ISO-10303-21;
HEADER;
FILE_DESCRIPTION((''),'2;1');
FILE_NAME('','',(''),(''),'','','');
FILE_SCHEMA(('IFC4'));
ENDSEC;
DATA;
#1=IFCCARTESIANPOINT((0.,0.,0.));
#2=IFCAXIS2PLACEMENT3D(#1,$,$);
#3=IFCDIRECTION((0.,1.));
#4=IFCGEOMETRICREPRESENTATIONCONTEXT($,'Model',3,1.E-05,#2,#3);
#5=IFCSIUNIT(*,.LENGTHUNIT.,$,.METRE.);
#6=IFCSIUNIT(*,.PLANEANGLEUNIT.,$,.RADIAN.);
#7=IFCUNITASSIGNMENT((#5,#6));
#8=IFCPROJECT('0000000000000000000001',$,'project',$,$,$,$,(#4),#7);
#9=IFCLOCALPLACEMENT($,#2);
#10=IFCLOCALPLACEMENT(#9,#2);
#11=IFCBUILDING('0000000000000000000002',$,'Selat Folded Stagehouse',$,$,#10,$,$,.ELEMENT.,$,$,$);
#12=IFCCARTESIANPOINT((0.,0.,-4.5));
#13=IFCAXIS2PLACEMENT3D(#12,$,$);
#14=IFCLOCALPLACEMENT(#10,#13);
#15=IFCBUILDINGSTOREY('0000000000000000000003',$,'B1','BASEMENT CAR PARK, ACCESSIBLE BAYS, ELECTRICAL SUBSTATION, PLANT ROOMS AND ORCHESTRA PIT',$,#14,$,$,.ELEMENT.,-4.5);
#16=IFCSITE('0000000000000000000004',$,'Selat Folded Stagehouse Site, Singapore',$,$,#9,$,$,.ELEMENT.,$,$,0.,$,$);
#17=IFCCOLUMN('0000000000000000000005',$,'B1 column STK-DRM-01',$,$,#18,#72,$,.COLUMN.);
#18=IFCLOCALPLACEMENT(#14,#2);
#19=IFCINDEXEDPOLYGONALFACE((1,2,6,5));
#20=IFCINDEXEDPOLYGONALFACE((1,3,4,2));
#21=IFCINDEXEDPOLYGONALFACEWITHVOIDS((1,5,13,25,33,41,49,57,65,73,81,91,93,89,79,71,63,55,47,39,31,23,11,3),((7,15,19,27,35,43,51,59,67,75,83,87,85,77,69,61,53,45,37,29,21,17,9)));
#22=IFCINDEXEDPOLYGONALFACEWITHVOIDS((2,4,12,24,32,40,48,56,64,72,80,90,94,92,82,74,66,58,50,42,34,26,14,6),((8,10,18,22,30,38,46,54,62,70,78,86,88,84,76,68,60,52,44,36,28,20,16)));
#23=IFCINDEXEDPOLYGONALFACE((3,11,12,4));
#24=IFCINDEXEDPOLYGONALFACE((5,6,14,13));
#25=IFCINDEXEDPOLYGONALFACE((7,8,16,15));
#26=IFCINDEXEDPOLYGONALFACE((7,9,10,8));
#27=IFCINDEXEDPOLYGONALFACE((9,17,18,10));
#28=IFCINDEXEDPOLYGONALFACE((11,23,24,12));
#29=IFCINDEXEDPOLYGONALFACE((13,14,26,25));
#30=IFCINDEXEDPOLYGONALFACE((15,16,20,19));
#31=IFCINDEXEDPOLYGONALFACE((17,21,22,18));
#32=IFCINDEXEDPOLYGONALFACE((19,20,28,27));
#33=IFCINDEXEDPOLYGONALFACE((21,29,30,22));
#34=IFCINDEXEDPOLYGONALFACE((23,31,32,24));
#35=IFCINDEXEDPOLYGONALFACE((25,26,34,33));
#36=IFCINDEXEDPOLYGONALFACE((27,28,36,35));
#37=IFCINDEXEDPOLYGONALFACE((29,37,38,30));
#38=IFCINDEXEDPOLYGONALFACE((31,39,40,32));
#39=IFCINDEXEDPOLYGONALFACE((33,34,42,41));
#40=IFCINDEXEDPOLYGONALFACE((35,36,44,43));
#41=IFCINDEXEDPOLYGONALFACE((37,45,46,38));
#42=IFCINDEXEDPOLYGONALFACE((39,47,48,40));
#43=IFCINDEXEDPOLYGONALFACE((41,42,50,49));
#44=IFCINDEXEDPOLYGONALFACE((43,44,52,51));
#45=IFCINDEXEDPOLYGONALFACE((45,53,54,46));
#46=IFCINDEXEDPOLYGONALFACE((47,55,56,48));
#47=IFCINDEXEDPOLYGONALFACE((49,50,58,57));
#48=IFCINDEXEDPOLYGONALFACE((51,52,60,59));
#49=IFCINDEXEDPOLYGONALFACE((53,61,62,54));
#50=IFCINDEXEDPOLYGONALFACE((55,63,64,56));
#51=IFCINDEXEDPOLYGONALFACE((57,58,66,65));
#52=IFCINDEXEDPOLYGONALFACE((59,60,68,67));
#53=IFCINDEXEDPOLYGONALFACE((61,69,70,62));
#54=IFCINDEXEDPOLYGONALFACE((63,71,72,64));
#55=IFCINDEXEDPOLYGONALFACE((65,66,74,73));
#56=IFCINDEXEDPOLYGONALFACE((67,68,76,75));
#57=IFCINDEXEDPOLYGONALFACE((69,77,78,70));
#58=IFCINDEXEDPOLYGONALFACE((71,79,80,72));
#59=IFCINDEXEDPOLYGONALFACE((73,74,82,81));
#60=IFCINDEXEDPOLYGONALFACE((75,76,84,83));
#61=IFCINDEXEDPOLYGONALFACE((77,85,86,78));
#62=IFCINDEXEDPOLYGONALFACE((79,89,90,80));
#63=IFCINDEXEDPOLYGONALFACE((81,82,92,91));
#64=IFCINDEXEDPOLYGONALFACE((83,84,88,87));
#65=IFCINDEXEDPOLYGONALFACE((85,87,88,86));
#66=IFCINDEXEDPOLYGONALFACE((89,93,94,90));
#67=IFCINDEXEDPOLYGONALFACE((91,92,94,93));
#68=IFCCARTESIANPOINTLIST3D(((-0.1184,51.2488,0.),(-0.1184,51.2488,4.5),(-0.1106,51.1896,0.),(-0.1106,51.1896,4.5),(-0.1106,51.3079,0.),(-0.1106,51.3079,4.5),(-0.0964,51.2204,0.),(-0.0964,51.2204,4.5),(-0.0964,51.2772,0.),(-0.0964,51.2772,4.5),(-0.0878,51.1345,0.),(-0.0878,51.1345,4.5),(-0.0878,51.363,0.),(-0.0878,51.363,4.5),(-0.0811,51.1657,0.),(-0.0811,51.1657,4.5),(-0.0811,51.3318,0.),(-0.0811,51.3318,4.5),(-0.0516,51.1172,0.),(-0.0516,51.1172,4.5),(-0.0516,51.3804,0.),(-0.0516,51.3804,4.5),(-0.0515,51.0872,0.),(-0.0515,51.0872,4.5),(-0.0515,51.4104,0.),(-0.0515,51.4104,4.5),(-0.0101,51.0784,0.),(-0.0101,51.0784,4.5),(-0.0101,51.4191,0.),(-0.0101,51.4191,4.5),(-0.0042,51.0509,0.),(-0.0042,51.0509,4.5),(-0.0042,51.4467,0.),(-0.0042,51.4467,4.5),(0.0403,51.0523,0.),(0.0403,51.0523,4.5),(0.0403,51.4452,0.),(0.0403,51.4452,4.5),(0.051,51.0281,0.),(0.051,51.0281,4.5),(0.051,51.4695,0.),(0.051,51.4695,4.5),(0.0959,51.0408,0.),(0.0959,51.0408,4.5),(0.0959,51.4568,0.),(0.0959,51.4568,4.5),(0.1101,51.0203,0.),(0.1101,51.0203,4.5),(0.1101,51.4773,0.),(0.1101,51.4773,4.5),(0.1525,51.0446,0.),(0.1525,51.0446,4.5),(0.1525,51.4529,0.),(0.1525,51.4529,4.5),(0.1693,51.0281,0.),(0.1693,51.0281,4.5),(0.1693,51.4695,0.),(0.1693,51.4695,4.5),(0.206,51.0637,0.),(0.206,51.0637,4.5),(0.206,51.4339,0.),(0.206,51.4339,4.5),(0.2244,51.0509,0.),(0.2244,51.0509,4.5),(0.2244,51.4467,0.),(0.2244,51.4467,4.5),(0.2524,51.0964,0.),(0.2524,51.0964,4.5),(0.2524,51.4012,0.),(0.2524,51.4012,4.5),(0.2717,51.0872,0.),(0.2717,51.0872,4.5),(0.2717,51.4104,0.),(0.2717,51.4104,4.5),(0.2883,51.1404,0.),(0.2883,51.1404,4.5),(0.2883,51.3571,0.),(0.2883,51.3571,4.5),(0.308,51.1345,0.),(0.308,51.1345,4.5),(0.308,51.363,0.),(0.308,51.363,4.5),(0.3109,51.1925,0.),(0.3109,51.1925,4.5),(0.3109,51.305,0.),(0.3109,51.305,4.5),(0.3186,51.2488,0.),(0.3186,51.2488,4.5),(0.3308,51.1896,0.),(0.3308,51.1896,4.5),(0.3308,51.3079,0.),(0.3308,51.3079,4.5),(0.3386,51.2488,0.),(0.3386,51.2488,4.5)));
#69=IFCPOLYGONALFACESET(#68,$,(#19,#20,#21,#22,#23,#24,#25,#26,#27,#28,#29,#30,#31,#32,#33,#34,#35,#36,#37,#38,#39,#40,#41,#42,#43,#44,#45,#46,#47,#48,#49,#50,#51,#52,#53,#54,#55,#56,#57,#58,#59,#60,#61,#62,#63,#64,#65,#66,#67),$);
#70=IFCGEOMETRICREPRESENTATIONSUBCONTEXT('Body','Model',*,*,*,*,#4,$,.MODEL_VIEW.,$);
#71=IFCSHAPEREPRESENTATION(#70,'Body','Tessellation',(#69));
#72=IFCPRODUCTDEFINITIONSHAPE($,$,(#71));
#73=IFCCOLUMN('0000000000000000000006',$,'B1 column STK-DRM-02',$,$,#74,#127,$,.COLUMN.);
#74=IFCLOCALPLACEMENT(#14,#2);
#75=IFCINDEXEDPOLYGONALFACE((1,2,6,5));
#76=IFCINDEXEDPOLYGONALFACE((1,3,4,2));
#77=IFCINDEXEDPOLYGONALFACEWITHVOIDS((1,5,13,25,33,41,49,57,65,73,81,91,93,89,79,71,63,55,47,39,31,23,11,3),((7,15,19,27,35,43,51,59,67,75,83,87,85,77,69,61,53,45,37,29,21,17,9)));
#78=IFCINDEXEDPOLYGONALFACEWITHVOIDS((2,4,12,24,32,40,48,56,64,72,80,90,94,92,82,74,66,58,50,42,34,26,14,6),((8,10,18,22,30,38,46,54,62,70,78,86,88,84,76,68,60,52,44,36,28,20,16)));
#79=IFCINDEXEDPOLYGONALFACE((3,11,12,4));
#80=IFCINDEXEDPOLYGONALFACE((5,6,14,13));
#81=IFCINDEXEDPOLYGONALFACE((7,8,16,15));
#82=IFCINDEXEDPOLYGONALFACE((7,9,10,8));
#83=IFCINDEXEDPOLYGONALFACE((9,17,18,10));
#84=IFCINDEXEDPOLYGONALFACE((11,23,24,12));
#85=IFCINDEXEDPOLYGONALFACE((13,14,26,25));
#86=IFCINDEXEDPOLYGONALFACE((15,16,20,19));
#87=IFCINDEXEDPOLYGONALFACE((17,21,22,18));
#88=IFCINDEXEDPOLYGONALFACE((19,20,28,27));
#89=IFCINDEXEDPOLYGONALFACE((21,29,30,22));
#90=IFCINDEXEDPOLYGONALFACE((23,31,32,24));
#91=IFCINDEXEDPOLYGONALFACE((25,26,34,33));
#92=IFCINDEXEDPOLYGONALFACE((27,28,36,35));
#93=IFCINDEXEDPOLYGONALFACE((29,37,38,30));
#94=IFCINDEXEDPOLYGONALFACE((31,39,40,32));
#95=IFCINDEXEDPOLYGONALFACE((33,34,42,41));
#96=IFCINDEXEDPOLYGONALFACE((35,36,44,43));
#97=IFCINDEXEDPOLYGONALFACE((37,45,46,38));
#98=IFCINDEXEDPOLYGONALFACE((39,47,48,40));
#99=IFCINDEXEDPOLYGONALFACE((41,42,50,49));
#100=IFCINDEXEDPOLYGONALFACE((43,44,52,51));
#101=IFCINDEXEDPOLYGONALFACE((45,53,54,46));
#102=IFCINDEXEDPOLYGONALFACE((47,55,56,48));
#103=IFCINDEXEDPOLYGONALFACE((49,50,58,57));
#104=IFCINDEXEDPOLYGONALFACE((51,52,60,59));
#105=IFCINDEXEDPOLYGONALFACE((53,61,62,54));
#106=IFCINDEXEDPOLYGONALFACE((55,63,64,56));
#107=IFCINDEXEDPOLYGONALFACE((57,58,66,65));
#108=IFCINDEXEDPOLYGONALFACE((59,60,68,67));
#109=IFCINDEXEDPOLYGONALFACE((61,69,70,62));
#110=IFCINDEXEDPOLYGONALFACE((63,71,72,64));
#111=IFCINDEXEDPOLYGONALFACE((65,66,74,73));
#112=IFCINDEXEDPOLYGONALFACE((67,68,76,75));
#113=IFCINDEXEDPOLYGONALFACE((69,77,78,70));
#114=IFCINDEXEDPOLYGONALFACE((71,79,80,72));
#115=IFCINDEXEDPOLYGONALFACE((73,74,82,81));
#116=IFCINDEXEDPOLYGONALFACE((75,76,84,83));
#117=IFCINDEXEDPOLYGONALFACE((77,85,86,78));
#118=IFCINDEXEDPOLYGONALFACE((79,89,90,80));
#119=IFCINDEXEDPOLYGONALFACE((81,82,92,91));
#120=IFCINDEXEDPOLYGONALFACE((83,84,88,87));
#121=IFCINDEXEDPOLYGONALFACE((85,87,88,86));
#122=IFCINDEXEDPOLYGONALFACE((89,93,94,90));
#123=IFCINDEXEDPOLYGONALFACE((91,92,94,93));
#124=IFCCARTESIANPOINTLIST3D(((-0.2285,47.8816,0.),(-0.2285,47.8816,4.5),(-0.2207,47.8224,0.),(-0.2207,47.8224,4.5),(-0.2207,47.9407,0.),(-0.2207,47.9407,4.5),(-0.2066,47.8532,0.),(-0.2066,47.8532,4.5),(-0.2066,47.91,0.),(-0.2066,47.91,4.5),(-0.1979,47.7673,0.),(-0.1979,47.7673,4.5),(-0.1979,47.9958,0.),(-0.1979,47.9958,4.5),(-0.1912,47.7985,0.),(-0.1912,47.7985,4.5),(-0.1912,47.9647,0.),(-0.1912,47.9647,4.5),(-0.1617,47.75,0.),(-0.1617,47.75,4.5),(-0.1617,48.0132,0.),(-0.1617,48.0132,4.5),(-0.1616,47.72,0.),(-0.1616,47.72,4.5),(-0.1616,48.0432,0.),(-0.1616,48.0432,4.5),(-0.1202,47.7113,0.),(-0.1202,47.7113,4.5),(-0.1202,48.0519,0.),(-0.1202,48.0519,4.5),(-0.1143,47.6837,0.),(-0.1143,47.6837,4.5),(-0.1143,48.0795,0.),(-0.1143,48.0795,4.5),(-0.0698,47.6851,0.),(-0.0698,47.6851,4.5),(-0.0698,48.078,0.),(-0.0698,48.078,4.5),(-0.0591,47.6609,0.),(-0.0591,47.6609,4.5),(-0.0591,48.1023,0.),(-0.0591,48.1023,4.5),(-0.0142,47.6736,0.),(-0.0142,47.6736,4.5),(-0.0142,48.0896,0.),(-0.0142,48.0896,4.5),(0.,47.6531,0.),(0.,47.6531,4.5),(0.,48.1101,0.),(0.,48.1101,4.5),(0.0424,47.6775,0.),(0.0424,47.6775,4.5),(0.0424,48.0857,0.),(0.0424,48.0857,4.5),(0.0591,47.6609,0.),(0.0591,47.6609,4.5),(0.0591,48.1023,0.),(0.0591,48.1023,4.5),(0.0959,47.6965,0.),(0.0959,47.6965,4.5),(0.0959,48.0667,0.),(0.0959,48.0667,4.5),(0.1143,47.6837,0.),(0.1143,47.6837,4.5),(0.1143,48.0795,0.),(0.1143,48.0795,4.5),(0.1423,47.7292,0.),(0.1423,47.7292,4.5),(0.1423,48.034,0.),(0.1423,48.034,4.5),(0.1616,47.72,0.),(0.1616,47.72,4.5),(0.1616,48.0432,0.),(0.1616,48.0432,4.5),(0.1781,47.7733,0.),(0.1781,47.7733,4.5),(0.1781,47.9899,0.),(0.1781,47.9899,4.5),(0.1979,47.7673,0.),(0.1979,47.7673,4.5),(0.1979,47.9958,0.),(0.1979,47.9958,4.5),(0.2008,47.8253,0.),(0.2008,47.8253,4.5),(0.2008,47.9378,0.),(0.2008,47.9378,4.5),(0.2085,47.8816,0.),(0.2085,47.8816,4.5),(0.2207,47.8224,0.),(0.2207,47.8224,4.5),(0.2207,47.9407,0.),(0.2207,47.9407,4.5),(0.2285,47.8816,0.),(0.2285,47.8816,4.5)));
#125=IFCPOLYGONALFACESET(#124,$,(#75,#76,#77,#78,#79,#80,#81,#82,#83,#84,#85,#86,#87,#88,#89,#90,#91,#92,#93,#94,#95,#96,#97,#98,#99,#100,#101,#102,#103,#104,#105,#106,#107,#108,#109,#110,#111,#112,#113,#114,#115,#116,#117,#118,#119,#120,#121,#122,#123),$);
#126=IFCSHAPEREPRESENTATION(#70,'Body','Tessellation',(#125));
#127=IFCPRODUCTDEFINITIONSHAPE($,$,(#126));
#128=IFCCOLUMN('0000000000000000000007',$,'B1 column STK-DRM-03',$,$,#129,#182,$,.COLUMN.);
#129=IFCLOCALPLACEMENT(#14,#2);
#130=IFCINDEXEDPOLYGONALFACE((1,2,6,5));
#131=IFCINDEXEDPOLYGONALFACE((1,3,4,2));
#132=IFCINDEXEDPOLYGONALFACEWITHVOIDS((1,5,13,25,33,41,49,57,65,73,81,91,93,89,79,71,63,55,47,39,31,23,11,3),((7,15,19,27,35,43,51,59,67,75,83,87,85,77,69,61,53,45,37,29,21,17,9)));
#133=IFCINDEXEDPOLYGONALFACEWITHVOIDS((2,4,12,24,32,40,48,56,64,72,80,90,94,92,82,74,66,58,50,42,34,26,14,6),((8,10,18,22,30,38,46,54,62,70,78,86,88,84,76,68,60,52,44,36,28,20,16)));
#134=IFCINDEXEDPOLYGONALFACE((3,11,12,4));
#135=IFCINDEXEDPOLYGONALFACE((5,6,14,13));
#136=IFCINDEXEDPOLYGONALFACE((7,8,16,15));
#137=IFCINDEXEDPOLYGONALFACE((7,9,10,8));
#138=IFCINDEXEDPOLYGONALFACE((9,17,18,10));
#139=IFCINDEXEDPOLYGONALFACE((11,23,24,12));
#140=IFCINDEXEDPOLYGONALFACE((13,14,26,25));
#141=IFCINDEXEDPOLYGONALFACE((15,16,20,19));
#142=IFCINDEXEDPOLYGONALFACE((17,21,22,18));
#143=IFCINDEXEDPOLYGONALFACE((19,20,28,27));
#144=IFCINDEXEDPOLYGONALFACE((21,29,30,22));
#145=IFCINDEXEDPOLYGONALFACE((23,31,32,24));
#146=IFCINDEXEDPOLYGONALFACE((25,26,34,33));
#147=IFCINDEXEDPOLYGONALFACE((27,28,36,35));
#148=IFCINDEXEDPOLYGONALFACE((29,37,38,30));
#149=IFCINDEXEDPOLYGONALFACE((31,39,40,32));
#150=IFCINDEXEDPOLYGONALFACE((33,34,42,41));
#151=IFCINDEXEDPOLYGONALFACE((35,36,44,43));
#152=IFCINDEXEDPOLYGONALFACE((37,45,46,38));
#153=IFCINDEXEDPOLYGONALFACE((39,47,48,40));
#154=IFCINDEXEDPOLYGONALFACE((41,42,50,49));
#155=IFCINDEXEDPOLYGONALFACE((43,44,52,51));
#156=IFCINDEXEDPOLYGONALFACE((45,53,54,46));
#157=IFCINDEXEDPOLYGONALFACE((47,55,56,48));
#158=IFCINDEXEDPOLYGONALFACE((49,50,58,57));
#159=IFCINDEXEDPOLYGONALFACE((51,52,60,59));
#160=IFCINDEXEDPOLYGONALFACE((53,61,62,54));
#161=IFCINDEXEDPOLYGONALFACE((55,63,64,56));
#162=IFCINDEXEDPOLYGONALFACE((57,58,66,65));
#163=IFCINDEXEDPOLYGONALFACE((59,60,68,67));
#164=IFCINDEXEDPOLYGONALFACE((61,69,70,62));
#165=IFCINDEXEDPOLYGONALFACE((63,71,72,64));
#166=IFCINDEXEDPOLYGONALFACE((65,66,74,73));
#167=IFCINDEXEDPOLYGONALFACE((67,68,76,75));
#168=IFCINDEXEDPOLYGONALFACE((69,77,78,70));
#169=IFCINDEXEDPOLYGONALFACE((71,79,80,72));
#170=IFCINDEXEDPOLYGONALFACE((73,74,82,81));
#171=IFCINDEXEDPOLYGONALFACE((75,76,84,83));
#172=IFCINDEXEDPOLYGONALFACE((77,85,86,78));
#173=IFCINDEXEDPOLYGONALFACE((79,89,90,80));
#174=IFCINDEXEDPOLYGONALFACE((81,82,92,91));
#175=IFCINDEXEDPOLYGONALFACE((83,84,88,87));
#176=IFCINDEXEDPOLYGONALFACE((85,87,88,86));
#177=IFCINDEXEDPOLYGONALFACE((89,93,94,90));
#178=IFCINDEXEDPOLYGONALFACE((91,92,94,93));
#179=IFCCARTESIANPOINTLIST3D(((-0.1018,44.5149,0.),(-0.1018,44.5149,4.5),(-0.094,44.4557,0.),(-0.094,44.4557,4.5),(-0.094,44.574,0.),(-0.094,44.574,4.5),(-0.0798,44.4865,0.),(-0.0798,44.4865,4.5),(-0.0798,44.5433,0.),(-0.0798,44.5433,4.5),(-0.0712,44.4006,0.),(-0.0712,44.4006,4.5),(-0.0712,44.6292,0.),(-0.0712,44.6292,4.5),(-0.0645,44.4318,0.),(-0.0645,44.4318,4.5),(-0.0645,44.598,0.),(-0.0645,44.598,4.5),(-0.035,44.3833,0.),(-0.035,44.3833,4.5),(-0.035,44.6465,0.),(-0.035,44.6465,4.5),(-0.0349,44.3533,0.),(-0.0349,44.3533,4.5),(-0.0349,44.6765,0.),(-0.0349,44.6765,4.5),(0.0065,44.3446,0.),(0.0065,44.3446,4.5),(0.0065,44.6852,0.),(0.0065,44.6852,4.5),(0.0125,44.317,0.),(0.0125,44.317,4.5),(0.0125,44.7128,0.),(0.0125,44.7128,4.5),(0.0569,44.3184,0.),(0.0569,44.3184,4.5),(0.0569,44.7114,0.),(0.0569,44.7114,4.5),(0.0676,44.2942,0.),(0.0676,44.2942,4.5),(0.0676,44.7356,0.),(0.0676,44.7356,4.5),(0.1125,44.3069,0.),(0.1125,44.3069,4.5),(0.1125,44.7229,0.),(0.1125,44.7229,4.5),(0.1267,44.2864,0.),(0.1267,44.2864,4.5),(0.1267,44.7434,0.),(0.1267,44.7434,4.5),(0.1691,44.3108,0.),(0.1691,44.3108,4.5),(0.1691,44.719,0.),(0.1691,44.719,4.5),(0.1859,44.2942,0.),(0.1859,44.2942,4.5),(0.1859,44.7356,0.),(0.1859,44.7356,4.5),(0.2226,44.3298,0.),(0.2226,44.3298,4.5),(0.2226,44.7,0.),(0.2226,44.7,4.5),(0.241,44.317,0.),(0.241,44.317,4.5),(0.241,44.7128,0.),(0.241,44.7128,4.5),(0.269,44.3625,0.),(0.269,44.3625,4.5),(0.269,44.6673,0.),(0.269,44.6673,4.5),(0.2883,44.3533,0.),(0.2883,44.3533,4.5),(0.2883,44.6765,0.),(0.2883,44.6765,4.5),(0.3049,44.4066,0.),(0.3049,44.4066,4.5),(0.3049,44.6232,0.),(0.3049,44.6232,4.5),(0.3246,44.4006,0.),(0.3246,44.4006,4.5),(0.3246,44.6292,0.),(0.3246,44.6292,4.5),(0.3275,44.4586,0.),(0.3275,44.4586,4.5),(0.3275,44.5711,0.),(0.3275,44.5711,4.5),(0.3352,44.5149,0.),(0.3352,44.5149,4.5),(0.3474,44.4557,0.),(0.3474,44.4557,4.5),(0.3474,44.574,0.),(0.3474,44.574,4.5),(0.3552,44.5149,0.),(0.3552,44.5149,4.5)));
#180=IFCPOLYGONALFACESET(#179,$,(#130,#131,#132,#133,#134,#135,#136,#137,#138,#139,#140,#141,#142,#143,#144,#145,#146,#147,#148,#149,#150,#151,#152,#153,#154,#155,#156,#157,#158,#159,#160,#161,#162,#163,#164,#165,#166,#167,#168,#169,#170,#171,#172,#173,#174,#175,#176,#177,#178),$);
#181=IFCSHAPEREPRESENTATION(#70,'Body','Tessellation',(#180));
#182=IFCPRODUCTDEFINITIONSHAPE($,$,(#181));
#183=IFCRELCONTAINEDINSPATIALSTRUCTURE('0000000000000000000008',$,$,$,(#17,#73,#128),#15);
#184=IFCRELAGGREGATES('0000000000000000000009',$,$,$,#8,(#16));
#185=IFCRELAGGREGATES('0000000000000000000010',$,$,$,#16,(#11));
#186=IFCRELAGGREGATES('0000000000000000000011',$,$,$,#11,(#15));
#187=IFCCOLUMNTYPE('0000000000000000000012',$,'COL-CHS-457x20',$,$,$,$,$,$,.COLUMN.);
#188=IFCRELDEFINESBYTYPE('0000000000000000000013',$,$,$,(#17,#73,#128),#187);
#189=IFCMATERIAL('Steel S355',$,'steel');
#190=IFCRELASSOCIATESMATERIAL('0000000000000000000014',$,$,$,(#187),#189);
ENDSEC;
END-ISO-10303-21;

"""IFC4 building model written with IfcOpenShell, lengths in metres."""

from ifc_helpers import new_model, si_unit, direction, frame, origin, origin_2d, place, context, subcontext, project, spatial, hollow_circle, extrude, material, material_profile, profile_set, type_object, element, save


model = new_model("IFC4")

# Units and contexts
model_context = context("Model", 3, precision=1e-05, world=origin(), true_north=direction((0.0, 1.0)))
body_context = subcontext(model_context, "Body", "Model", "MODEL_VIEW")
ifc_project = project(units=[si_unit("LENGTHUNIT", "METRE"), si_unit("PLANEANGLEUNIT", "RADIAN")], contexts=[model_context])

# Site, building, storey
site_placement = place(None, origin())
site = spatial("IfcSite", under=ifc_project, at=site_placement, Name="Selat Folded Stagehouse Site, Singapore", CompositionType="ELEMENT", RefElevation=0.0)
building_placement = place(site_placement, origin())
building = spatial("IfcBuilding", under=site, at=building_placement, Name="Selat Folded Stagehouse", CompositionType="ELEMENT")
storey_placement = place(building_placement, frame((0.0, 0.0, -4.5)))
storey = spatial("IfcBuildingStorey", under=building, at=storey_placement, Name="B1", Description="BASEMENT CAR PARK, ACCESSIBLE BAYS, ELECTRICAL SUBSTATION, PLANT ROOMS AND ORCHESTRA PIT", CompositionType="ELEMENT", Elevation=-4.5)

# Columns
ifc_material_1 = material(Name="Steel S355", Category="steel")
ifc_material_profile_1 = material_profile(ifc_material_1, hollow_circle(Radius=0.2285, WallThickness=0.02, at=origin_2d()), Name="CHS 457.0x20.0")
ifc_profile_set_1 = profile_set([ifc_material_profile_1], Name="Steel S355")
column_type = type_object("IfcColumnType", Name="COL-CHS-457x20", PredefinedType="COLUMN", material=ifc_profile_set_1)
for number, where, z_axis, x_axis, name in (
    (1, (0.1101, 51.2488, 0.0), (0.0, 0.0, 1.0), (1.0, 0.0, 0.0), "B1 column STK-DRM-01"),
    (2, (0.0, 47.8816, 0.0), (0.0, 0.0, 1.0), (1.0, 0.0, 0.0), "B1 column STK-DRM-02"),
    (3, (0.1267, 44.5149, 0.0), (0.0, 0.0, 1.0), (1.0, 0.0, 0.0), "B1 column STK-DRM-03"),
):
    element("IfcColumn", number, at=place(storey_placement, frame(where, z_axis=z_axis, x_axis=x_axis)), inside=storey, type_object=column_type, Name=name, PredefinedType="COLUMN", context=body_context, shape_type="SweptSolid", body=[
        extrude(hollow_circle(Radius=0.2285, WallThickness=0.02, at=origin_2d()), origin(), (0.0, 0.0, 1.0), 4.5),
    ])

save(model, "model.ifc")
